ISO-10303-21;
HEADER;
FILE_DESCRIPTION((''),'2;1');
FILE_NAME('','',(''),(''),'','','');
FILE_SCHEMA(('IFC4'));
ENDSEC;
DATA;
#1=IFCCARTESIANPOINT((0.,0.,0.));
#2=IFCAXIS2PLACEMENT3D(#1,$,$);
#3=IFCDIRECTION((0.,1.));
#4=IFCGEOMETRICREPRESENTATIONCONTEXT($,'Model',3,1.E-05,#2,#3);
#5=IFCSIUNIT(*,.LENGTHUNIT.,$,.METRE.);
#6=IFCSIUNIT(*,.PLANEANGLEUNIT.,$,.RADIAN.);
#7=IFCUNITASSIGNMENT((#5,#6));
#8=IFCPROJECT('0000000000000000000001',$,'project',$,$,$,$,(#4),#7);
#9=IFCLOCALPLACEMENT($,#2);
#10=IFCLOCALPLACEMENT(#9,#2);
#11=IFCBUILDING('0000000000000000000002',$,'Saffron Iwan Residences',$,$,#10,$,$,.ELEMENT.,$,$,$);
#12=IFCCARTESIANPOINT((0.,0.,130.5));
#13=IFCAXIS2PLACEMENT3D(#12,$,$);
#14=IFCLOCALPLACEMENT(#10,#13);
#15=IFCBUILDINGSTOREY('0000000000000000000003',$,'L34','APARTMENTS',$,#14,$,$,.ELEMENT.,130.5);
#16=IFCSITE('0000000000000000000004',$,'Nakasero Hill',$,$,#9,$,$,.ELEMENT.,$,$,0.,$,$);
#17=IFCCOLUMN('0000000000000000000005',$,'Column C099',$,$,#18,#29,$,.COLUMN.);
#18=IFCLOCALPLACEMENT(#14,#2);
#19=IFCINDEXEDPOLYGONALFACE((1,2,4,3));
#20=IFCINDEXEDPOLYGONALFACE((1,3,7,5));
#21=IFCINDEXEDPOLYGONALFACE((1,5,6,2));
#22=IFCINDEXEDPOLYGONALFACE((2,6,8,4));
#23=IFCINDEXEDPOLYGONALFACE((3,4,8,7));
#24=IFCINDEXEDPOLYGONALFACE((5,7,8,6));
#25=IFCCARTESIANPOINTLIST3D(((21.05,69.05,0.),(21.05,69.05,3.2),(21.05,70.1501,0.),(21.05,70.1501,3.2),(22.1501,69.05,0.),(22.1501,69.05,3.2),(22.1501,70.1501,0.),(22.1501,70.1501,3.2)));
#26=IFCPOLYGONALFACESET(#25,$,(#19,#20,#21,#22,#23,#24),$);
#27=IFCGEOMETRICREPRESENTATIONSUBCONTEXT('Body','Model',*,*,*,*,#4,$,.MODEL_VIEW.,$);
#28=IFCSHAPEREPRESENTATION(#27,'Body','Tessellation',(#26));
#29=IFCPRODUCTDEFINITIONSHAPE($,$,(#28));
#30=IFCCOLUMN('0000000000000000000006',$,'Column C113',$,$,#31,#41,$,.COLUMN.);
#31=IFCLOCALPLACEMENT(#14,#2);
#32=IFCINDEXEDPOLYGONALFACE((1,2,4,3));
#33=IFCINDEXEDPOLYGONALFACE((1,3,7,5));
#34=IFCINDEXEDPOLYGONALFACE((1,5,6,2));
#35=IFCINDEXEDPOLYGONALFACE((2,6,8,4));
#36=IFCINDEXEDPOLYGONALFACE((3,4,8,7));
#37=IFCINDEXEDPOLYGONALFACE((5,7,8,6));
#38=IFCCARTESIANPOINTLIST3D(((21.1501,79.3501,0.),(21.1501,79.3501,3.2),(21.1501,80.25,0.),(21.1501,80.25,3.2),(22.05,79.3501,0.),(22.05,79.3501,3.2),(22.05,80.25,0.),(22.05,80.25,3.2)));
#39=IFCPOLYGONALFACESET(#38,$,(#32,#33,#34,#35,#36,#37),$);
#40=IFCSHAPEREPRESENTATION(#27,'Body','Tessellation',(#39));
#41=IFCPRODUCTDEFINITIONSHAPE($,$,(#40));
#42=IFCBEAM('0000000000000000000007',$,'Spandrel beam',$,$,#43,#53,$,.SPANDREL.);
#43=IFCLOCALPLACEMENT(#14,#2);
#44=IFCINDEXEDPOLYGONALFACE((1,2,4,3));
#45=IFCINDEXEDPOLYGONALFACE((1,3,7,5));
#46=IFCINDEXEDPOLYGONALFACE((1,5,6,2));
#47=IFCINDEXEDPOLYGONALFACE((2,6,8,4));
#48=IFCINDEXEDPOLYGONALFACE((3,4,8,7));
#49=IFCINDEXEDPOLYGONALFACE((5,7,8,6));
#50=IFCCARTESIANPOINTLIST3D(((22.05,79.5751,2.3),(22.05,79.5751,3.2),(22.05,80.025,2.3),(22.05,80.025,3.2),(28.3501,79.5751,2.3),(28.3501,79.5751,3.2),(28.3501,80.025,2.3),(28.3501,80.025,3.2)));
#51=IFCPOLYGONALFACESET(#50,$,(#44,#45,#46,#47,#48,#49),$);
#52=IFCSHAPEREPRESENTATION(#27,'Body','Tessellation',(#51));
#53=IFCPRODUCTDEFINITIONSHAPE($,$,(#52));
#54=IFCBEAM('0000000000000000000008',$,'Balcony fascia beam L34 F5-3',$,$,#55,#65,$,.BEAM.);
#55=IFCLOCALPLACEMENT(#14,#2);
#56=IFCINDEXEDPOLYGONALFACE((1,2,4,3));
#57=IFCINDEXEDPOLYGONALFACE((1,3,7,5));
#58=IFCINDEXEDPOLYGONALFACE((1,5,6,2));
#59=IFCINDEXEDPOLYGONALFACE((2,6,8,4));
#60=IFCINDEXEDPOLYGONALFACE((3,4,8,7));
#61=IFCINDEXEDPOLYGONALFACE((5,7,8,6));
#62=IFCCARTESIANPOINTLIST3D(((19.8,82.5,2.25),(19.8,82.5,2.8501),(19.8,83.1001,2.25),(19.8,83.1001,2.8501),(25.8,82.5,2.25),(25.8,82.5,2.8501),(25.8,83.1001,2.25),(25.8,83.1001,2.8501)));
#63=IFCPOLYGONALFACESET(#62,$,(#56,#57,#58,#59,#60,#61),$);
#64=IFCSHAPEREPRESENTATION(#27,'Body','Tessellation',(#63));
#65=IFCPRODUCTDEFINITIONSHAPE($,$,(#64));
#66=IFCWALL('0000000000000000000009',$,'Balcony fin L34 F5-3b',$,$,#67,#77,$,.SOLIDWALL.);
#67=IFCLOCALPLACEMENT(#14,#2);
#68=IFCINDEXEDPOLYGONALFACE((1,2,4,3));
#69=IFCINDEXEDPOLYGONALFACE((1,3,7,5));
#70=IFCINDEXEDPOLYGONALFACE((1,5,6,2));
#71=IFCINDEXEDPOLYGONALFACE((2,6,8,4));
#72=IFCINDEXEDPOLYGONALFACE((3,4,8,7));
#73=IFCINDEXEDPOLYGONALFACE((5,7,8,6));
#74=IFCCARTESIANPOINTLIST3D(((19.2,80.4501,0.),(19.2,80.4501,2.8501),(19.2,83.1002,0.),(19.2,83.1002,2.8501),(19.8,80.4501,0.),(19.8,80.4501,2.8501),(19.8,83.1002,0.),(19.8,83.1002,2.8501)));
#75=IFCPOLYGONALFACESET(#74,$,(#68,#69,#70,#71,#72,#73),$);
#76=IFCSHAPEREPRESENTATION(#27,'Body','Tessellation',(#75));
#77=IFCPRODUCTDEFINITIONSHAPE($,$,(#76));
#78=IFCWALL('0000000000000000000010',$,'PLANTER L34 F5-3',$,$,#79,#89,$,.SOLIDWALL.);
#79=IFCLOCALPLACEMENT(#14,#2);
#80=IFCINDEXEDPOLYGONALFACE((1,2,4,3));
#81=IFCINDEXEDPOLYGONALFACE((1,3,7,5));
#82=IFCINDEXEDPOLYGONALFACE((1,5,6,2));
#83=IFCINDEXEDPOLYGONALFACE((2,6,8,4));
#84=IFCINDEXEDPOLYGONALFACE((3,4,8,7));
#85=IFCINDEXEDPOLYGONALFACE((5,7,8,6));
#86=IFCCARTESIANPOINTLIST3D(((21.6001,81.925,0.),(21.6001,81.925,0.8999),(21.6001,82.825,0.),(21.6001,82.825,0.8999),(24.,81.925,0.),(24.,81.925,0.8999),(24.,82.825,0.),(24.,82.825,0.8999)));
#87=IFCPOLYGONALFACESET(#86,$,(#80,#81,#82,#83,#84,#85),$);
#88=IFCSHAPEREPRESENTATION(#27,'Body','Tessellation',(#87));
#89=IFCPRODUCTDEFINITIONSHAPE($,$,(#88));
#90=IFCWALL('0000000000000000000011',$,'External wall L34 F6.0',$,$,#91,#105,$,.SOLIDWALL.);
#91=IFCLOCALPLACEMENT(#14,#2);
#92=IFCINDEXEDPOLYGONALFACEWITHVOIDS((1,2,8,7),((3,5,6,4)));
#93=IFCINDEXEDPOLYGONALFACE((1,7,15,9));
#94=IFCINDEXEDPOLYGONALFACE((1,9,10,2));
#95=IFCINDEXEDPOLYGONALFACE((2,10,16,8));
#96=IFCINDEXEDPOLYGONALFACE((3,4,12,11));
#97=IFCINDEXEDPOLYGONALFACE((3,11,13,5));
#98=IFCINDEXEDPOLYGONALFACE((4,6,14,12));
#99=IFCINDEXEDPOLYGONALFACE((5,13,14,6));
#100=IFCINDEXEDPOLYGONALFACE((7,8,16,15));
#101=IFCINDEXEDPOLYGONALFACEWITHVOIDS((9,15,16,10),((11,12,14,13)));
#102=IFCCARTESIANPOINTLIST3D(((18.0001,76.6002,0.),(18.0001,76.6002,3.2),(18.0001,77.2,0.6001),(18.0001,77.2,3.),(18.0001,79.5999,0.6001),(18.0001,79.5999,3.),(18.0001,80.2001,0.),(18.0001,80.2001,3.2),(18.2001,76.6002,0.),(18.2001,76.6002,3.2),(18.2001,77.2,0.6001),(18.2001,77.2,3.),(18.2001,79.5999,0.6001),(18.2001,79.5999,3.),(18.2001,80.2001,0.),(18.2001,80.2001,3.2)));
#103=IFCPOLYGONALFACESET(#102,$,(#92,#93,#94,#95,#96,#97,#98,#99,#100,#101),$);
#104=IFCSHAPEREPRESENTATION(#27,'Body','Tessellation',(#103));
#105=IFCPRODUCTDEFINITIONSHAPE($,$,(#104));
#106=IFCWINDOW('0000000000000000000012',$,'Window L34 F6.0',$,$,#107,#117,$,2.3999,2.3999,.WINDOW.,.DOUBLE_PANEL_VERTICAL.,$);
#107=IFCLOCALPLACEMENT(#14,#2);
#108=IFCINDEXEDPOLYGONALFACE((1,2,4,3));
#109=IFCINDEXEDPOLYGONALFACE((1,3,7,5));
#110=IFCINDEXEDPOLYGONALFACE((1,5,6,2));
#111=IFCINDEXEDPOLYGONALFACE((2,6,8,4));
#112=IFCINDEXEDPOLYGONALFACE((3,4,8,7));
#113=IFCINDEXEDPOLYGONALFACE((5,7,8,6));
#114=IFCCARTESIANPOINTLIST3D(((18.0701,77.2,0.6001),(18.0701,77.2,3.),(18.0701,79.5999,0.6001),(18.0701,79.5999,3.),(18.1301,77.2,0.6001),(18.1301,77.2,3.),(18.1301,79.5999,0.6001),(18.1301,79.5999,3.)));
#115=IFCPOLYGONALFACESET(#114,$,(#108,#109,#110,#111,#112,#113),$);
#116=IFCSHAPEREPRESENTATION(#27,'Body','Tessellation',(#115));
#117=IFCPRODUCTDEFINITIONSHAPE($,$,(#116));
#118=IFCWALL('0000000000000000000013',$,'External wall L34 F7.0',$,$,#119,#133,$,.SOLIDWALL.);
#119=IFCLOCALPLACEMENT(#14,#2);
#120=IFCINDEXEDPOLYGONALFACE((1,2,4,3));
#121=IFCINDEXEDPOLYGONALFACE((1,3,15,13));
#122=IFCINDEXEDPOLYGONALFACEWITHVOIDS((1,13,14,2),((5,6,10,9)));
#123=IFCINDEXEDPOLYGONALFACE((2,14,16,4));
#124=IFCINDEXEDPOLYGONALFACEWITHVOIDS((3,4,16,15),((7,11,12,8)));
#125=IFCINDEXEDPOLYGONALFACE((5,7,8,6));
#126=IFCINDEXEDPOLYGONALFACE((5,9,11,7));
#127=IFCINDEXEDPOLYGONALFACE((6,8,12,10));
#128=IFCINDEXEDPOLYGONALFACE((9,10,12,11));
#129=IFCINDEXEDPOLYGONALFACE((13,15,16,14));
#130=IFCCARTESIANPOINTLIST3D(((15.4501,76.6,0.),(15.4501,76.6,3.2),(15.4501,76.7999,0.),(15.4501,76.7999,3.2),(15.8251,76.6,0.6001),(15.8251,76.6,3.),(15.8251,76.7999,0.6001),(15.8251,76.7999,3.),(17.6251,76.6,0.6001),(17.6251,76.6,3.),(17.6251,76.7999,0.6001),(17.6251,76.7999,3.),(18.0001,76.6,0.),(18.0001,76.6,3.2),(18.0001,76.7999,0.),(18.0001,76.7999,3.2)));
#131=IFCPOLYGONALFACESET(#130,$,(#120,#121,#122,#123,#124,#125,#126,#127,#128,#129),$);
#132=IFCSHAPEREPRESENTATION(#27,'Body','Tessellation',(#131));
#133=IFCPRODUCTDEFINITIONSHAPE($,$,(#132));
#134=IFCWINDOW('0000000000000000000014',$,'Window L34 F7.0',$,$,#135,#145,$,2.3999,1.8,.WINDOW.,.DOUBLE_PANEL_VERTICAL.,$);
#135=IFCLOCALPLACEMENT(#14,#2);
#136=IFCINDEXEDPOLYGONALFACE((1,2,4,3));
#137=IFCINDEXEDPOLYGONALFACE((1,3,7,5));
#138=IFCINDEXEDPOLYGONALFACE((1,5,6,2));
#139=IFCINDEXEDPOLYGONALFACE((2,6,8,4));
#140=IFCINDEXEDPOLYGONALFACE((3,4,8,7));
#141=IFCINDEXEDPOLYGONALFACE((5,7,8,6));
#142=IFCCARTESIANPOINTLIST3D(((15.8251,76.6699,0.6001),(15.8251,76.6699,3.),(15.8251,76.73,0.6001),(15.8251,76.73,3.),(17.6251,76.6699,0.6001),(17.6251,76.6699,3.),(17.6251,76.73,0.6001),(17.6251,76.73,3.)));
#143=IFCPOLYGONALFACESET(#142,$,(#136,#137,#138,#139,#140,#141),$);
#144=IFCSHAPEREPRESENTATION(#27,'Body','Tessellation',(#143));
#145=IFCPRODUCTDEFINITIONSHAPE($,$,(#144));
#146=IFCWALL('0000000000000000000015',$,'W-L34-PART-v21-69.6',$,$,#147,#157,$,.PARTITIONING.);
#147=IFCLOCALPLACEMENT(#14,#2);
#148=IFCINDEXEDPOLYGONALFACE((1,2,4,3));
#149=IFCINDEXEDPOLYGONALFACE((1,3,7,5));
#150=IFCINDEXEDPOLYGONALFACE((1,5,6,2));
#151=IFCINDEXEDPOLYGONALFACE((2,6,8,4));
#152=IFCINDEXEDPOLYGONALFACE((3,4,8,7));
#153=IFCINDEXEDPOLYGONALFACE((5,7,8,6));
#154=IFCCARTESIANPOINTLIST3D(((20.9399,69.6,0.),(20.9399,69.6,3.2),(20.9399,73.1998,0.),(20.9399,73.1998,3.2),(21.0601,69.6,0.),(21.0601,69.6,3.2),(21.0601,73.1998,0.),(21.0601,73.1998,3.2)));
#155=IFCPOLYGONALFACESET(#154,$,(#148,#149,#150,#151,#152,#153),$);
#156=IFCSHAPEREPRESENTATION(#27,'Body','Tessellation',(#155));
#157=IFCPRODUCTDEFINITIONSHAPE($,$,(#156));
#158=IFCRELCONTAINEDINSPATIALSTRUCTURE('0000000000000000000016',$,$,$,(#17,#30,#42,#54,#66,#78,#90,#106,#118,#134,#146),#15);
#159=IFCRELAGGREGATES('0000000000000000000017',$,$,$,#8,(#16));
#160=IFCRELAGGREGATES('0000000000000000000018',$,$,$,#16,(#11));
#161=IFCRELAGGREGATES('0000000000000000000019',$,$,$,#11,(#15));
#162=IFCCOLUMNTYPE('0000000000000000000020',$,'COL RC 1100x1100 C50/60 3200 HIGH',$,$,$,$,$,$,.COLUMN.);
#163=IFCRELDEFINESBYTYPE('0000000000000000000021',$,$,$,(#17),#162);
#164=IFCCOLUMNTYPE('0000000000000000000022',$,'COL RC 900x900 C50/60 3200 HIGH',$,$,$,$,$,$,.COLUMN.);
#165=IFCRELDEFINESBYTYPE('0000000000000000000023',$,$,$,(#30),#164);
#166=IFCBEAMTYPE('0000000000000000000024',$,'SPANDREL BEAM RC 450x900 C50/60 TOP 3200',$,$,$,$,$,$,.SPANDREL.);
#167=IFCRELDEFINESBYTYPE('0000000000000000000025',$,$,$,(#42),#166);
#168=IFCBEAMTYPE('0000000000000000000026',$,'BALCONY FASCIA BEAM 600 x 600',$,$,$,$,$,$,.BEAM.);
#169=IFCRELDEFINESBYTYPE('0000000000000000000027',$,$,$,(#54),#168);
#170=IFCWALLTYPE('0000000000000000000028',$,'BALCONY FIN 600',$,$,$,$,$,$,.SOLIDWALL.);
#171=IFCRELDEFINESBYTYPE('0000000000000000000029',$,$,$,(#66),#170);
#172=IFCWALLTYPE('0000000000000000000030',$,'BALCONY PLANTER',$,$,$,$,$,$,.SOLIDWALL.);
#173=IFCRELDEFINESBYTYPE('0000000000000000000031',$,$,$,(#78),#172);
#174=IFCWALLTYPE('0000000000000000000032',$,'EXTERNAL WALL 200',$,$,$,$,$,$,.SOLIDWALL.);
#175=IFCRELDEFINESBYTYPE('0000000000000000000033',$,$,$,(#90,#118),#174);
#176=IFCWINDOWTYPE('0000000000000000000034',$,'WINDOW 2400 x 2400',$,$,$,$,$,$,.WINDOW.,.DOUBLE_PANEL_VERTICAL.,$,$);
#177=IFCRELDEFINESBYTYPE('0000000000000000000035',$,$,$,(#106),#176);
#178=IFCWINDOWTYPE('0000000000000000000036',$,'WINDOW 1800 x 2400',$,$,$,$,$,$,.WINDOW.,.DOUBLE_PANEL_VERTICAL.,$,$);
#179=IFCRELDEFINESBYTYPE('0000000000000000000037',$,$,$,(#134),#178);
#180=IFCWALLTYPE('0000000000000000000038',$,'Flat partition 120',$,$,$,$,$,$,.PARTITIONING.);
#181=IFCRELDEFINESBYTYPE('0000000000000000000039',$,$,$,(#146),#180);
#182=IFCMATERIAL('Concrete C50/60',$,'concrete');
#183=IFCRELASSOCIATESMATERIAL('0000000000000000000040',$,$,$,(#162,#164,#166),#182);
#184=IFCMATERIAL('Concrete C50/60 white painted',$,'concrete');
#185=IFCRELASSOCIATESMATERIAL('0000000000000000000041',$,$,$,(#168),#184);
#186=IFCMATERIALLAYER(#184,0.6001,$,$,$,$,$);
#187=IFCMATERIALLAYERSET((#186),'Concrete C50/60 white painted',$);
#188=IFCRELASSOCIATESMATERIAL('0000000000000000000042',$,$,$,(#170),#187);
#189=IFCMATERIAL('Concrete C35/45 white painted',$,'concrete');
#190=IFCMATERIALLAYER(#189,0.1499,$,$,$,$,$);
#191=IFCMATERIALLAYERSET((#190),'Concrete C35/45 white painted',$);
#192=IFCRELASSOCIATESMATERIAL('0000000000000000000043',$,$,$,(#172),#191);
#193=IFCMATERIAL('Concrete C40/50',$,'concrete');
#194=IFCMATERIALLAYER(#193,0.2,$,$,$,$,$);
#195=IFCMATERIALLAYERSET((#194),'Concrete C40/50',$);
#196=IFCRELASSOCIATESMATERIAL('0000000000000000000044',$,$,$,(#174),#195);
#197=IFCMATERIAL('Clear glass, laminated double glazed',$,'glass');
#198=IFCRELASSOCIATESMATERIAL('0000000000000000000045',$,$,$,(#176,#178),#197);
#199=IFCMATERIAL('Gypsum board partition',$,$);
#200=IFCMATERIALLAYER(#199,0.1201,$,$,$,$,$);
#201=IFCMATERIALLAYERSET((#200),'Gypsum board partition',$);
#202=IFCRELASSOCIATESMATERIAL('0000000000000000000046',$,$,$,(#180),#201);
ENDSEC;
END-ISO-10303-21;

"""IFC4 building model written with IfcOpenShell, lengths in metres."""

from ifc_helpers import new_model, si_unit, direction, frame, frame_2d, origin, origin_2d, place, context, subcontext, project, spatial, rectangle, extrude, source, transform, mapped, material, layer, layer_set, material_profile, profile_set, type_object, element, fill, save


model = new_model("IFC4")

# Units and contexts
model_context = context("Model", 3, precision=1e-05, world=origin(), true_north=direction((0.0, 1.0)))
body_context = subcontext(model_context, "Body", "Model", "MODEL_VIEW")
ifc_project = project(units=[si_unit("LENGTHUNIT", "METRE"), si_unit("PLANEANGLEUNIT", "RADIAN")], contexts=[model_context])

# Site, building, storey
site_placement = place(None, origin())
site = spatial("IfcSite", under=ifc_project, at=site_placement, Name="Nakasero Hill", CompositionType="ELEMENT", RefElevation=0.0)
building_placement = place(site_placement, origin())
building = spatial("IfcBuilding", under=site, at=building_placement, Name="Saffron Iwan Residences", CompositionType="ELEMENT")
storey_placement = place(building_placement, frame((0.0, 0.0, 130.5)))
storey = spatial("IfcBuildingStorey", under=building, at=storey_placement, Name="L34", Description="APARTMENTS", CompositionType="ELEMENT", Elevation=130.5)

# Columns
ifc_material_1 = material(Name="Concrete C50/60", Category="concrete")
ifc_material_profile_1 = material_profile(ifc_material_1, rectangle(XDim=1.1001, YDim=1.1001, at=origin_2d()), Name="RC 1100x1100")
ifc_profile_set_1 = profile_set([ifc_material_profile_1], Name="Concrete C50/60")
column_type_1 = type_object("IfcColumnType", Name="COL RC 1100x1100 C50/60 3200 HIGH", PredefinedType="COLUMN", material=ifc_profile_set_1)
shared_shape_1 = source(origin(), body_context, "Body", "SweptSolid", [
    extrude(rectangle(XDim=1.1001, YDim=1.1001, at=origin_2d()), origin(), (0.0, 0.0, 1.0), 3.2),
])
column_1_placement = place(storey_placement, frame((21.6001, 69.6001, 0.0), z_axis=(0.0, 0.0, 1.0), x_axis=(1.0, 0.0, 0.0)))
element("IfcColumn", 1, at=column_1_placement, inside=storey, type_object=column_type_1, Name="Column C099", PredefinedType="COLUMN", context=body_context, shape_type="MappedRepresentation", body=[
    mapped(shared_shape_1, transform((0.0, 0.0, 0.0))),
])
ifc_material_profile_2 = material_profile(ifc_material_1, rectangle(XDim=0.8999, YDim=0.8999, at=origin_2d()), Name="RC 900x900")
ifc_profile_set_2 = profile_set([ifc_material_profile_2], Name="Concrete C50/60")
column_type_2 = type_object("IfcColumnType", Name="COL RC 900x900 C50/60 3200 HIGH", PredefinedType="COLUMN", material=ifc_profile_set_2)
shared_shape_2 = source(origin(), body_context, "Body", "SweptSolid", [
    extrude(rectangle(XDim=0.8999, YDim=0.8999, at=origin_2d()), origin(), (0.0, 0.0, 1.0), 3.2),
])
column_2_placement = place(storey_placement, frame((21.6001, 79.8, 0.0), z_axis=(0.0, 0.0, 1.0), x_axis=(1.0, 0.0, 0.0)))
element("IfcColumn", 2, at=column_2_placement, inside=storey, type_object=column_type_2, Name="Column C113", PredefinedType="COLUMN", context=body_context, shape_type="MappedRepresentation", body=[
    mapped(shared_shape_2, transform((0.0, 0.0, 0.0))),
])

# Beams
ifc_material_profile_3 = material_profile(ifc_material_1, rectangle(XDim=0.45, YDim=0.8999, at=origin_2d()), Name="RC 450x900")
ifc_profile_set_3 = profile_set([ifc_material_profile_3], Name="Concrete C50/60")
beam_type_1 = type_object("IfcBeamType", Name="SPANDREL BEAM RC 450x900 C50/60 TOP 3200", PredefinedType="SPANDREL", material=ifc_profile_set_3)
shared_shape_3 = source(origin(), body_context, "Body", "SweptSolid", [
    extrude(rectangle(XDim=0.45, YDim=0.8999, at=origin_2d()), origin(), (0.0, 0.0, 1.0), 6.3),
])
beam_1_placement = place(storey_placement, frame((22.05, 79.8, 2.75), z_axis=(1.0, 0.0, 0.0), x_axis=(0.0, 1.0, 0.0)))
element("IfcBeam", 3, at=beam_1_placement, inside=storey, type_object=beam_type_1, Name="Spandrel beam", PredefinedType="SPANDREL", context=body_context, shape_type="MappedRepresentation", body=[
    mapped(shared_shape_3, transform((0.0, 0.0, 0.0))),
])
ifc_material_2 = material(Name="Concrete C50/60 white painted", Category="concrete")
ifc_material_profile_4 = material_profile(ifc_material_2, rectangle(XDim=0.6001, YDim=0.6001, at=origin_2d()), Name="BALCONY FASCIA BEAM 600 x 600")
ifc_profile_set_4 = profile_set([ifc_material_profile_4], Name="Concrete C50/60 white painted")
beam_type_2 = type_object("IfcBeamType", Name="BALCONY FASCIA BEAM 600 x 600", PredefinedType="BEAM", material=ifc_profile_set_4)
shared_shape_4 = source(origin(), body_context, "Body", "SweptSolid", [
    extrude(rectangle(XDim=0.6001, YDim=0.6001, at=origin_2d()), origin(), (0.0, 0.0, 1.0), 6.0),
])
beam_2_placement = place(storey_placement, frame((25.8, 82.8, 2.55), z_axis=(-1.0, 0.0, 0.0), x_axis=(0.0, -1.0, 0.0)))
element("IfcBeam", 4, at=beam_2_placement, inside=storey, type_object=beam_type_2, Name="Balcony fascia beam L34 F5-3", PredefinedType="BEAM", context=body_context, shape_type="MappedRepresentation", body=[
    mapped(shared_shape_4, transform((0.0, 0.0, 0.0))),
])

# Walls
ifc_layer_1 = layer(ifc_material_2, 0.6001)
ifc_layer_set_1 = layer_set([ifc_layer_1], Name="Concrete C50/60 white painted")
wall_type_1 = type_object("IfcWallType", Name="BALCONY FIN 600", PredefinedType="SOLIDWALL", material=ifc_layer_set_1)
wall_1_placement = place(storey_placement, frame((19.5, 80.45, 0.0), z_axis=(0.0, 0.0, 1.0), x_axis=(0.0, 1.0, 0.0)))
element("IfcWall", 5, at=wall_1_placement, inside=storey, type_object=wall_type_1, Name="Balcony fin L34 F5-3b", PredefinedType="SOLIDWALL", context=body_context, shape_type="SweptSolid", body=[
    extrude(rectangle(XDim=2.6501, YDim=0.6001, at=frame_2d((1.3252, 0.0))), origin(), (0.0, 0.0, 1.0), 2.8501),
])
ifc_material_3 = material(Name="Concrete C35/45 white painted", Category="concrete")
ifc_layer_2 = layer(ifc_material_3, 0.1499)
ifc_layer_set_2 = layer_set([ifc_layer_2], Name="Concrete C35/45 white painted")
wall_type_2 = type_object("IfcWallType", Name="BALCONY PLANTER", PredefinedType="SOLIDWALL", material=ifc_layer_set_2)
wall_2_placement = place(storey_placement, frame((24.0, 82.375, 0.0), z_axis=(0.0, 0.0, 1.0), x_axis=(-1.0, 0.0, 0.0)))
element("IfcWall", 6, at=wall_2_placement, inside=storey, type_object=wall_type_2, Name="PLANTER L34 F5-3", PredefinedType="SOLIDWALL", context=body_context, shape_type="SweptSolid", body=[
    extrude(rectangle(XDim=2.3999, YDim=0.8999, at=frame_2d((1.2, 0.0))), origin(), (0.0, 0.0, 1.0), 0.8999),
])

# Walls, openings, windows
ifc_material_4 = material(Name="Concrete C40/50", Category="concrete")
ifc_layer_3 = layer(ifc_material_4, 0.2)
ifc_layer_set_3 = layer_set([ifc_layer_3], Name="Concrete C40/50")
wall_type_3 = type_object("IfcWallType", Name="EXTERNAL WALL 200", PredefinedType="SOLIDWALL", material=ifc_layer_set_3)
wall_3_placement = place(storey_placement, frame((18.1001, 80.2, 0.0), z_axis=(0.0, 0.0, 1.0), x_axis=(0.0, -1.0, 0.0)))
wall_3 = element("IfcWall", 7, at=wall_3_placement, inside=storey, type_object=wall_type_3, Name="External wall L34 F6.0", PredefinedType="SOLIDWALL", context=body_context, shape_type="SweptSolid", body=[
    extrude(rectangle(XDim=3.5999, YDim=0.2, at=frame_2d((1.7998, 0.0))), origin(), (0.0, 0.0, 1.0), 3.2),
])
opening_1_placement = place(wall_3_placement, frame((0.6001, 0.0, 0.6001)))
opening_1 = element("IfcOpeningElement", 8, at=opening_1_placement, cuts=wall_3, PredefinedType="OPENING", context=body_context, shape_type="SweptSolid", body=[
    extrude(rectangle(XDim=2.3999, YDim=2.3999, at=frame_2d((1.2, 1.2))), frame((0.0, 0.1099, 0.0), z_axis=(0.0, -1.0, 0.0), x_axis=(1.0, 0.0, 0.0)), (0.0, 0.0, 1.0), 0.22),
])
ifc_material_5 = material(Name="Clear glass, laminated double glazed", Category="glass")
window_type_1 = type_object("IfcWindowType", Name="WINDOW 2400 x 2400", PartitioningType="DOUBLE_PANEL_VERTICAL", PredefinedType="WINDOW", material=ifc_material_5)
window_1_placement = place(opening_1_placement, origin())
window_1 = element("IfcWindow", 9, at=window_1_placement, inside=storey, type_object=window_type_1, Name="Window L34 F6.0", OverallHeight=2.3999, OverallWidth=2.3999, PartitioningType="DOUBLE_PANEL_VERTICAL", PredefinedType="WINDOW", context=body_context, shape_type="SweptSolid", body=[
    extrude(rectangle(XDim=2.3999, YDim=2.3999, at=frame_2d((1.2, 1.2))), frame((0.0, 0.03, 0.0), z_axis=(0.0, -1.0, 0.0), x_axis=(1.0, 0.0, 0.0)), (0.0, 0.0, 1.0), 0.0601),
])
fill(opening_1, window_1)
wall_4_placement = place(storey_placement, frame((18.0, 76.7, 0.0), z_axis=(0.0, 0.0, 1.0), x_axis=(-1.0, 0.0, 0.0)))
wall_4 = element("IfcWall", 10, at=wall_4_placement, inside=storey, type_object=wall_type_3, Name="External wall L34 F7.0", PredefinedType="SOLIDWALL", context=body_context, shape_type="SweptSolid", body=[
    extrude(rectangle(XDim=2.55, YDim=0.2, at=frame_2d((1.2749, 0.0))), origin(), (0.0, 0.0, 1.0), 3.2),
])
opening_2_placement = place(wall_4_placement, frame((0.375, 0.0, 0.6001)))
opening_2 = element("IfcOpeningElement", 11, at=opening_2_placement, cuts=wall_4, PredefinedType="OPENING", context=body_context, shape_type="SweptSolid", body=[
    extrude(rectangle(XDim=1.8, YDim=2.3999, at=frame_2d((0.8999, 1.2))), frame((0.0, 0.1099, 0.0), z_axis=(0.0, -1.0, 0.0), x_axis=(1.0, 0.0, 0.0)), (0.0, 0.0, 1.0), 0.22),
])
window_type_2 = type_object("IfcWindowType", Name="WINDOW 1800 x 2400", PartitioningType="DOUBLE_PANEL_VERTICAL", PredefinedType="WINDOW", material=ifc_material_5)
window_2_placement = place(opening_2_placement, origin())
window_2 = element("IfcWindow", 12, at=window_2_placement, inside=storey, type_object=window_type_2, Name="Window L34 F7.0", OverallHeight=2.3999, OverallWidth=1.8, PartitioningType="DOUBLE_PANEL_VERTICAL", PredefinedType="WINDOW", context=body_context, shape_type="SweptSolid", body=[
    extrude(rectangle(XDim=1.8, YDim=2.3999, at=frame_2d((0.8999, 1.2))), frame((0.0, 0.03, 0.0), z_axis=(0.0, -1.0, 0.0), x_axis=(1.0, 0.0, 0.0)), (0.0, 0.0, 1.0), 0.0601),
])
fill(opening_2, window_2)

# Wall
ifc_material_6 = material(Name="Gypsum board partition")
ifc_layer_4 = layer(ifc_material_6, 0.1201)
ifc_layer_set_4 = layer_set([ifc_layer_4], Name="Gypsum board partition")
wall_type_4 = type_object("IfcWallType", Name="Flat partition 120", PredefinedType="PARTITIONING", material=ifc_layer_set_4)
wall_5_placement = place(storey_placement, frame((21.0, 69.6001, 0.0), z_axis=(0.0, 0.0, 1.0), x_axis=(0.0, 1.0, 0.0)))
element("IfcWall", 13, at=wall_5_placement, inside=storey, type_object=wall_type_4, Name="W-L34-PART-v21-69.6", PredefinedType="PARTITIONING", context=body_context, shape_type="SweptSolid", body=[
    extrude(rectangle(XDim=3.5999, YDim=0.1201, at=frame_2d((1.7998, 0.0))), origin(), (0.0, 0.0, 1.0), 3.2),
])

save(model, "model.ifc")
